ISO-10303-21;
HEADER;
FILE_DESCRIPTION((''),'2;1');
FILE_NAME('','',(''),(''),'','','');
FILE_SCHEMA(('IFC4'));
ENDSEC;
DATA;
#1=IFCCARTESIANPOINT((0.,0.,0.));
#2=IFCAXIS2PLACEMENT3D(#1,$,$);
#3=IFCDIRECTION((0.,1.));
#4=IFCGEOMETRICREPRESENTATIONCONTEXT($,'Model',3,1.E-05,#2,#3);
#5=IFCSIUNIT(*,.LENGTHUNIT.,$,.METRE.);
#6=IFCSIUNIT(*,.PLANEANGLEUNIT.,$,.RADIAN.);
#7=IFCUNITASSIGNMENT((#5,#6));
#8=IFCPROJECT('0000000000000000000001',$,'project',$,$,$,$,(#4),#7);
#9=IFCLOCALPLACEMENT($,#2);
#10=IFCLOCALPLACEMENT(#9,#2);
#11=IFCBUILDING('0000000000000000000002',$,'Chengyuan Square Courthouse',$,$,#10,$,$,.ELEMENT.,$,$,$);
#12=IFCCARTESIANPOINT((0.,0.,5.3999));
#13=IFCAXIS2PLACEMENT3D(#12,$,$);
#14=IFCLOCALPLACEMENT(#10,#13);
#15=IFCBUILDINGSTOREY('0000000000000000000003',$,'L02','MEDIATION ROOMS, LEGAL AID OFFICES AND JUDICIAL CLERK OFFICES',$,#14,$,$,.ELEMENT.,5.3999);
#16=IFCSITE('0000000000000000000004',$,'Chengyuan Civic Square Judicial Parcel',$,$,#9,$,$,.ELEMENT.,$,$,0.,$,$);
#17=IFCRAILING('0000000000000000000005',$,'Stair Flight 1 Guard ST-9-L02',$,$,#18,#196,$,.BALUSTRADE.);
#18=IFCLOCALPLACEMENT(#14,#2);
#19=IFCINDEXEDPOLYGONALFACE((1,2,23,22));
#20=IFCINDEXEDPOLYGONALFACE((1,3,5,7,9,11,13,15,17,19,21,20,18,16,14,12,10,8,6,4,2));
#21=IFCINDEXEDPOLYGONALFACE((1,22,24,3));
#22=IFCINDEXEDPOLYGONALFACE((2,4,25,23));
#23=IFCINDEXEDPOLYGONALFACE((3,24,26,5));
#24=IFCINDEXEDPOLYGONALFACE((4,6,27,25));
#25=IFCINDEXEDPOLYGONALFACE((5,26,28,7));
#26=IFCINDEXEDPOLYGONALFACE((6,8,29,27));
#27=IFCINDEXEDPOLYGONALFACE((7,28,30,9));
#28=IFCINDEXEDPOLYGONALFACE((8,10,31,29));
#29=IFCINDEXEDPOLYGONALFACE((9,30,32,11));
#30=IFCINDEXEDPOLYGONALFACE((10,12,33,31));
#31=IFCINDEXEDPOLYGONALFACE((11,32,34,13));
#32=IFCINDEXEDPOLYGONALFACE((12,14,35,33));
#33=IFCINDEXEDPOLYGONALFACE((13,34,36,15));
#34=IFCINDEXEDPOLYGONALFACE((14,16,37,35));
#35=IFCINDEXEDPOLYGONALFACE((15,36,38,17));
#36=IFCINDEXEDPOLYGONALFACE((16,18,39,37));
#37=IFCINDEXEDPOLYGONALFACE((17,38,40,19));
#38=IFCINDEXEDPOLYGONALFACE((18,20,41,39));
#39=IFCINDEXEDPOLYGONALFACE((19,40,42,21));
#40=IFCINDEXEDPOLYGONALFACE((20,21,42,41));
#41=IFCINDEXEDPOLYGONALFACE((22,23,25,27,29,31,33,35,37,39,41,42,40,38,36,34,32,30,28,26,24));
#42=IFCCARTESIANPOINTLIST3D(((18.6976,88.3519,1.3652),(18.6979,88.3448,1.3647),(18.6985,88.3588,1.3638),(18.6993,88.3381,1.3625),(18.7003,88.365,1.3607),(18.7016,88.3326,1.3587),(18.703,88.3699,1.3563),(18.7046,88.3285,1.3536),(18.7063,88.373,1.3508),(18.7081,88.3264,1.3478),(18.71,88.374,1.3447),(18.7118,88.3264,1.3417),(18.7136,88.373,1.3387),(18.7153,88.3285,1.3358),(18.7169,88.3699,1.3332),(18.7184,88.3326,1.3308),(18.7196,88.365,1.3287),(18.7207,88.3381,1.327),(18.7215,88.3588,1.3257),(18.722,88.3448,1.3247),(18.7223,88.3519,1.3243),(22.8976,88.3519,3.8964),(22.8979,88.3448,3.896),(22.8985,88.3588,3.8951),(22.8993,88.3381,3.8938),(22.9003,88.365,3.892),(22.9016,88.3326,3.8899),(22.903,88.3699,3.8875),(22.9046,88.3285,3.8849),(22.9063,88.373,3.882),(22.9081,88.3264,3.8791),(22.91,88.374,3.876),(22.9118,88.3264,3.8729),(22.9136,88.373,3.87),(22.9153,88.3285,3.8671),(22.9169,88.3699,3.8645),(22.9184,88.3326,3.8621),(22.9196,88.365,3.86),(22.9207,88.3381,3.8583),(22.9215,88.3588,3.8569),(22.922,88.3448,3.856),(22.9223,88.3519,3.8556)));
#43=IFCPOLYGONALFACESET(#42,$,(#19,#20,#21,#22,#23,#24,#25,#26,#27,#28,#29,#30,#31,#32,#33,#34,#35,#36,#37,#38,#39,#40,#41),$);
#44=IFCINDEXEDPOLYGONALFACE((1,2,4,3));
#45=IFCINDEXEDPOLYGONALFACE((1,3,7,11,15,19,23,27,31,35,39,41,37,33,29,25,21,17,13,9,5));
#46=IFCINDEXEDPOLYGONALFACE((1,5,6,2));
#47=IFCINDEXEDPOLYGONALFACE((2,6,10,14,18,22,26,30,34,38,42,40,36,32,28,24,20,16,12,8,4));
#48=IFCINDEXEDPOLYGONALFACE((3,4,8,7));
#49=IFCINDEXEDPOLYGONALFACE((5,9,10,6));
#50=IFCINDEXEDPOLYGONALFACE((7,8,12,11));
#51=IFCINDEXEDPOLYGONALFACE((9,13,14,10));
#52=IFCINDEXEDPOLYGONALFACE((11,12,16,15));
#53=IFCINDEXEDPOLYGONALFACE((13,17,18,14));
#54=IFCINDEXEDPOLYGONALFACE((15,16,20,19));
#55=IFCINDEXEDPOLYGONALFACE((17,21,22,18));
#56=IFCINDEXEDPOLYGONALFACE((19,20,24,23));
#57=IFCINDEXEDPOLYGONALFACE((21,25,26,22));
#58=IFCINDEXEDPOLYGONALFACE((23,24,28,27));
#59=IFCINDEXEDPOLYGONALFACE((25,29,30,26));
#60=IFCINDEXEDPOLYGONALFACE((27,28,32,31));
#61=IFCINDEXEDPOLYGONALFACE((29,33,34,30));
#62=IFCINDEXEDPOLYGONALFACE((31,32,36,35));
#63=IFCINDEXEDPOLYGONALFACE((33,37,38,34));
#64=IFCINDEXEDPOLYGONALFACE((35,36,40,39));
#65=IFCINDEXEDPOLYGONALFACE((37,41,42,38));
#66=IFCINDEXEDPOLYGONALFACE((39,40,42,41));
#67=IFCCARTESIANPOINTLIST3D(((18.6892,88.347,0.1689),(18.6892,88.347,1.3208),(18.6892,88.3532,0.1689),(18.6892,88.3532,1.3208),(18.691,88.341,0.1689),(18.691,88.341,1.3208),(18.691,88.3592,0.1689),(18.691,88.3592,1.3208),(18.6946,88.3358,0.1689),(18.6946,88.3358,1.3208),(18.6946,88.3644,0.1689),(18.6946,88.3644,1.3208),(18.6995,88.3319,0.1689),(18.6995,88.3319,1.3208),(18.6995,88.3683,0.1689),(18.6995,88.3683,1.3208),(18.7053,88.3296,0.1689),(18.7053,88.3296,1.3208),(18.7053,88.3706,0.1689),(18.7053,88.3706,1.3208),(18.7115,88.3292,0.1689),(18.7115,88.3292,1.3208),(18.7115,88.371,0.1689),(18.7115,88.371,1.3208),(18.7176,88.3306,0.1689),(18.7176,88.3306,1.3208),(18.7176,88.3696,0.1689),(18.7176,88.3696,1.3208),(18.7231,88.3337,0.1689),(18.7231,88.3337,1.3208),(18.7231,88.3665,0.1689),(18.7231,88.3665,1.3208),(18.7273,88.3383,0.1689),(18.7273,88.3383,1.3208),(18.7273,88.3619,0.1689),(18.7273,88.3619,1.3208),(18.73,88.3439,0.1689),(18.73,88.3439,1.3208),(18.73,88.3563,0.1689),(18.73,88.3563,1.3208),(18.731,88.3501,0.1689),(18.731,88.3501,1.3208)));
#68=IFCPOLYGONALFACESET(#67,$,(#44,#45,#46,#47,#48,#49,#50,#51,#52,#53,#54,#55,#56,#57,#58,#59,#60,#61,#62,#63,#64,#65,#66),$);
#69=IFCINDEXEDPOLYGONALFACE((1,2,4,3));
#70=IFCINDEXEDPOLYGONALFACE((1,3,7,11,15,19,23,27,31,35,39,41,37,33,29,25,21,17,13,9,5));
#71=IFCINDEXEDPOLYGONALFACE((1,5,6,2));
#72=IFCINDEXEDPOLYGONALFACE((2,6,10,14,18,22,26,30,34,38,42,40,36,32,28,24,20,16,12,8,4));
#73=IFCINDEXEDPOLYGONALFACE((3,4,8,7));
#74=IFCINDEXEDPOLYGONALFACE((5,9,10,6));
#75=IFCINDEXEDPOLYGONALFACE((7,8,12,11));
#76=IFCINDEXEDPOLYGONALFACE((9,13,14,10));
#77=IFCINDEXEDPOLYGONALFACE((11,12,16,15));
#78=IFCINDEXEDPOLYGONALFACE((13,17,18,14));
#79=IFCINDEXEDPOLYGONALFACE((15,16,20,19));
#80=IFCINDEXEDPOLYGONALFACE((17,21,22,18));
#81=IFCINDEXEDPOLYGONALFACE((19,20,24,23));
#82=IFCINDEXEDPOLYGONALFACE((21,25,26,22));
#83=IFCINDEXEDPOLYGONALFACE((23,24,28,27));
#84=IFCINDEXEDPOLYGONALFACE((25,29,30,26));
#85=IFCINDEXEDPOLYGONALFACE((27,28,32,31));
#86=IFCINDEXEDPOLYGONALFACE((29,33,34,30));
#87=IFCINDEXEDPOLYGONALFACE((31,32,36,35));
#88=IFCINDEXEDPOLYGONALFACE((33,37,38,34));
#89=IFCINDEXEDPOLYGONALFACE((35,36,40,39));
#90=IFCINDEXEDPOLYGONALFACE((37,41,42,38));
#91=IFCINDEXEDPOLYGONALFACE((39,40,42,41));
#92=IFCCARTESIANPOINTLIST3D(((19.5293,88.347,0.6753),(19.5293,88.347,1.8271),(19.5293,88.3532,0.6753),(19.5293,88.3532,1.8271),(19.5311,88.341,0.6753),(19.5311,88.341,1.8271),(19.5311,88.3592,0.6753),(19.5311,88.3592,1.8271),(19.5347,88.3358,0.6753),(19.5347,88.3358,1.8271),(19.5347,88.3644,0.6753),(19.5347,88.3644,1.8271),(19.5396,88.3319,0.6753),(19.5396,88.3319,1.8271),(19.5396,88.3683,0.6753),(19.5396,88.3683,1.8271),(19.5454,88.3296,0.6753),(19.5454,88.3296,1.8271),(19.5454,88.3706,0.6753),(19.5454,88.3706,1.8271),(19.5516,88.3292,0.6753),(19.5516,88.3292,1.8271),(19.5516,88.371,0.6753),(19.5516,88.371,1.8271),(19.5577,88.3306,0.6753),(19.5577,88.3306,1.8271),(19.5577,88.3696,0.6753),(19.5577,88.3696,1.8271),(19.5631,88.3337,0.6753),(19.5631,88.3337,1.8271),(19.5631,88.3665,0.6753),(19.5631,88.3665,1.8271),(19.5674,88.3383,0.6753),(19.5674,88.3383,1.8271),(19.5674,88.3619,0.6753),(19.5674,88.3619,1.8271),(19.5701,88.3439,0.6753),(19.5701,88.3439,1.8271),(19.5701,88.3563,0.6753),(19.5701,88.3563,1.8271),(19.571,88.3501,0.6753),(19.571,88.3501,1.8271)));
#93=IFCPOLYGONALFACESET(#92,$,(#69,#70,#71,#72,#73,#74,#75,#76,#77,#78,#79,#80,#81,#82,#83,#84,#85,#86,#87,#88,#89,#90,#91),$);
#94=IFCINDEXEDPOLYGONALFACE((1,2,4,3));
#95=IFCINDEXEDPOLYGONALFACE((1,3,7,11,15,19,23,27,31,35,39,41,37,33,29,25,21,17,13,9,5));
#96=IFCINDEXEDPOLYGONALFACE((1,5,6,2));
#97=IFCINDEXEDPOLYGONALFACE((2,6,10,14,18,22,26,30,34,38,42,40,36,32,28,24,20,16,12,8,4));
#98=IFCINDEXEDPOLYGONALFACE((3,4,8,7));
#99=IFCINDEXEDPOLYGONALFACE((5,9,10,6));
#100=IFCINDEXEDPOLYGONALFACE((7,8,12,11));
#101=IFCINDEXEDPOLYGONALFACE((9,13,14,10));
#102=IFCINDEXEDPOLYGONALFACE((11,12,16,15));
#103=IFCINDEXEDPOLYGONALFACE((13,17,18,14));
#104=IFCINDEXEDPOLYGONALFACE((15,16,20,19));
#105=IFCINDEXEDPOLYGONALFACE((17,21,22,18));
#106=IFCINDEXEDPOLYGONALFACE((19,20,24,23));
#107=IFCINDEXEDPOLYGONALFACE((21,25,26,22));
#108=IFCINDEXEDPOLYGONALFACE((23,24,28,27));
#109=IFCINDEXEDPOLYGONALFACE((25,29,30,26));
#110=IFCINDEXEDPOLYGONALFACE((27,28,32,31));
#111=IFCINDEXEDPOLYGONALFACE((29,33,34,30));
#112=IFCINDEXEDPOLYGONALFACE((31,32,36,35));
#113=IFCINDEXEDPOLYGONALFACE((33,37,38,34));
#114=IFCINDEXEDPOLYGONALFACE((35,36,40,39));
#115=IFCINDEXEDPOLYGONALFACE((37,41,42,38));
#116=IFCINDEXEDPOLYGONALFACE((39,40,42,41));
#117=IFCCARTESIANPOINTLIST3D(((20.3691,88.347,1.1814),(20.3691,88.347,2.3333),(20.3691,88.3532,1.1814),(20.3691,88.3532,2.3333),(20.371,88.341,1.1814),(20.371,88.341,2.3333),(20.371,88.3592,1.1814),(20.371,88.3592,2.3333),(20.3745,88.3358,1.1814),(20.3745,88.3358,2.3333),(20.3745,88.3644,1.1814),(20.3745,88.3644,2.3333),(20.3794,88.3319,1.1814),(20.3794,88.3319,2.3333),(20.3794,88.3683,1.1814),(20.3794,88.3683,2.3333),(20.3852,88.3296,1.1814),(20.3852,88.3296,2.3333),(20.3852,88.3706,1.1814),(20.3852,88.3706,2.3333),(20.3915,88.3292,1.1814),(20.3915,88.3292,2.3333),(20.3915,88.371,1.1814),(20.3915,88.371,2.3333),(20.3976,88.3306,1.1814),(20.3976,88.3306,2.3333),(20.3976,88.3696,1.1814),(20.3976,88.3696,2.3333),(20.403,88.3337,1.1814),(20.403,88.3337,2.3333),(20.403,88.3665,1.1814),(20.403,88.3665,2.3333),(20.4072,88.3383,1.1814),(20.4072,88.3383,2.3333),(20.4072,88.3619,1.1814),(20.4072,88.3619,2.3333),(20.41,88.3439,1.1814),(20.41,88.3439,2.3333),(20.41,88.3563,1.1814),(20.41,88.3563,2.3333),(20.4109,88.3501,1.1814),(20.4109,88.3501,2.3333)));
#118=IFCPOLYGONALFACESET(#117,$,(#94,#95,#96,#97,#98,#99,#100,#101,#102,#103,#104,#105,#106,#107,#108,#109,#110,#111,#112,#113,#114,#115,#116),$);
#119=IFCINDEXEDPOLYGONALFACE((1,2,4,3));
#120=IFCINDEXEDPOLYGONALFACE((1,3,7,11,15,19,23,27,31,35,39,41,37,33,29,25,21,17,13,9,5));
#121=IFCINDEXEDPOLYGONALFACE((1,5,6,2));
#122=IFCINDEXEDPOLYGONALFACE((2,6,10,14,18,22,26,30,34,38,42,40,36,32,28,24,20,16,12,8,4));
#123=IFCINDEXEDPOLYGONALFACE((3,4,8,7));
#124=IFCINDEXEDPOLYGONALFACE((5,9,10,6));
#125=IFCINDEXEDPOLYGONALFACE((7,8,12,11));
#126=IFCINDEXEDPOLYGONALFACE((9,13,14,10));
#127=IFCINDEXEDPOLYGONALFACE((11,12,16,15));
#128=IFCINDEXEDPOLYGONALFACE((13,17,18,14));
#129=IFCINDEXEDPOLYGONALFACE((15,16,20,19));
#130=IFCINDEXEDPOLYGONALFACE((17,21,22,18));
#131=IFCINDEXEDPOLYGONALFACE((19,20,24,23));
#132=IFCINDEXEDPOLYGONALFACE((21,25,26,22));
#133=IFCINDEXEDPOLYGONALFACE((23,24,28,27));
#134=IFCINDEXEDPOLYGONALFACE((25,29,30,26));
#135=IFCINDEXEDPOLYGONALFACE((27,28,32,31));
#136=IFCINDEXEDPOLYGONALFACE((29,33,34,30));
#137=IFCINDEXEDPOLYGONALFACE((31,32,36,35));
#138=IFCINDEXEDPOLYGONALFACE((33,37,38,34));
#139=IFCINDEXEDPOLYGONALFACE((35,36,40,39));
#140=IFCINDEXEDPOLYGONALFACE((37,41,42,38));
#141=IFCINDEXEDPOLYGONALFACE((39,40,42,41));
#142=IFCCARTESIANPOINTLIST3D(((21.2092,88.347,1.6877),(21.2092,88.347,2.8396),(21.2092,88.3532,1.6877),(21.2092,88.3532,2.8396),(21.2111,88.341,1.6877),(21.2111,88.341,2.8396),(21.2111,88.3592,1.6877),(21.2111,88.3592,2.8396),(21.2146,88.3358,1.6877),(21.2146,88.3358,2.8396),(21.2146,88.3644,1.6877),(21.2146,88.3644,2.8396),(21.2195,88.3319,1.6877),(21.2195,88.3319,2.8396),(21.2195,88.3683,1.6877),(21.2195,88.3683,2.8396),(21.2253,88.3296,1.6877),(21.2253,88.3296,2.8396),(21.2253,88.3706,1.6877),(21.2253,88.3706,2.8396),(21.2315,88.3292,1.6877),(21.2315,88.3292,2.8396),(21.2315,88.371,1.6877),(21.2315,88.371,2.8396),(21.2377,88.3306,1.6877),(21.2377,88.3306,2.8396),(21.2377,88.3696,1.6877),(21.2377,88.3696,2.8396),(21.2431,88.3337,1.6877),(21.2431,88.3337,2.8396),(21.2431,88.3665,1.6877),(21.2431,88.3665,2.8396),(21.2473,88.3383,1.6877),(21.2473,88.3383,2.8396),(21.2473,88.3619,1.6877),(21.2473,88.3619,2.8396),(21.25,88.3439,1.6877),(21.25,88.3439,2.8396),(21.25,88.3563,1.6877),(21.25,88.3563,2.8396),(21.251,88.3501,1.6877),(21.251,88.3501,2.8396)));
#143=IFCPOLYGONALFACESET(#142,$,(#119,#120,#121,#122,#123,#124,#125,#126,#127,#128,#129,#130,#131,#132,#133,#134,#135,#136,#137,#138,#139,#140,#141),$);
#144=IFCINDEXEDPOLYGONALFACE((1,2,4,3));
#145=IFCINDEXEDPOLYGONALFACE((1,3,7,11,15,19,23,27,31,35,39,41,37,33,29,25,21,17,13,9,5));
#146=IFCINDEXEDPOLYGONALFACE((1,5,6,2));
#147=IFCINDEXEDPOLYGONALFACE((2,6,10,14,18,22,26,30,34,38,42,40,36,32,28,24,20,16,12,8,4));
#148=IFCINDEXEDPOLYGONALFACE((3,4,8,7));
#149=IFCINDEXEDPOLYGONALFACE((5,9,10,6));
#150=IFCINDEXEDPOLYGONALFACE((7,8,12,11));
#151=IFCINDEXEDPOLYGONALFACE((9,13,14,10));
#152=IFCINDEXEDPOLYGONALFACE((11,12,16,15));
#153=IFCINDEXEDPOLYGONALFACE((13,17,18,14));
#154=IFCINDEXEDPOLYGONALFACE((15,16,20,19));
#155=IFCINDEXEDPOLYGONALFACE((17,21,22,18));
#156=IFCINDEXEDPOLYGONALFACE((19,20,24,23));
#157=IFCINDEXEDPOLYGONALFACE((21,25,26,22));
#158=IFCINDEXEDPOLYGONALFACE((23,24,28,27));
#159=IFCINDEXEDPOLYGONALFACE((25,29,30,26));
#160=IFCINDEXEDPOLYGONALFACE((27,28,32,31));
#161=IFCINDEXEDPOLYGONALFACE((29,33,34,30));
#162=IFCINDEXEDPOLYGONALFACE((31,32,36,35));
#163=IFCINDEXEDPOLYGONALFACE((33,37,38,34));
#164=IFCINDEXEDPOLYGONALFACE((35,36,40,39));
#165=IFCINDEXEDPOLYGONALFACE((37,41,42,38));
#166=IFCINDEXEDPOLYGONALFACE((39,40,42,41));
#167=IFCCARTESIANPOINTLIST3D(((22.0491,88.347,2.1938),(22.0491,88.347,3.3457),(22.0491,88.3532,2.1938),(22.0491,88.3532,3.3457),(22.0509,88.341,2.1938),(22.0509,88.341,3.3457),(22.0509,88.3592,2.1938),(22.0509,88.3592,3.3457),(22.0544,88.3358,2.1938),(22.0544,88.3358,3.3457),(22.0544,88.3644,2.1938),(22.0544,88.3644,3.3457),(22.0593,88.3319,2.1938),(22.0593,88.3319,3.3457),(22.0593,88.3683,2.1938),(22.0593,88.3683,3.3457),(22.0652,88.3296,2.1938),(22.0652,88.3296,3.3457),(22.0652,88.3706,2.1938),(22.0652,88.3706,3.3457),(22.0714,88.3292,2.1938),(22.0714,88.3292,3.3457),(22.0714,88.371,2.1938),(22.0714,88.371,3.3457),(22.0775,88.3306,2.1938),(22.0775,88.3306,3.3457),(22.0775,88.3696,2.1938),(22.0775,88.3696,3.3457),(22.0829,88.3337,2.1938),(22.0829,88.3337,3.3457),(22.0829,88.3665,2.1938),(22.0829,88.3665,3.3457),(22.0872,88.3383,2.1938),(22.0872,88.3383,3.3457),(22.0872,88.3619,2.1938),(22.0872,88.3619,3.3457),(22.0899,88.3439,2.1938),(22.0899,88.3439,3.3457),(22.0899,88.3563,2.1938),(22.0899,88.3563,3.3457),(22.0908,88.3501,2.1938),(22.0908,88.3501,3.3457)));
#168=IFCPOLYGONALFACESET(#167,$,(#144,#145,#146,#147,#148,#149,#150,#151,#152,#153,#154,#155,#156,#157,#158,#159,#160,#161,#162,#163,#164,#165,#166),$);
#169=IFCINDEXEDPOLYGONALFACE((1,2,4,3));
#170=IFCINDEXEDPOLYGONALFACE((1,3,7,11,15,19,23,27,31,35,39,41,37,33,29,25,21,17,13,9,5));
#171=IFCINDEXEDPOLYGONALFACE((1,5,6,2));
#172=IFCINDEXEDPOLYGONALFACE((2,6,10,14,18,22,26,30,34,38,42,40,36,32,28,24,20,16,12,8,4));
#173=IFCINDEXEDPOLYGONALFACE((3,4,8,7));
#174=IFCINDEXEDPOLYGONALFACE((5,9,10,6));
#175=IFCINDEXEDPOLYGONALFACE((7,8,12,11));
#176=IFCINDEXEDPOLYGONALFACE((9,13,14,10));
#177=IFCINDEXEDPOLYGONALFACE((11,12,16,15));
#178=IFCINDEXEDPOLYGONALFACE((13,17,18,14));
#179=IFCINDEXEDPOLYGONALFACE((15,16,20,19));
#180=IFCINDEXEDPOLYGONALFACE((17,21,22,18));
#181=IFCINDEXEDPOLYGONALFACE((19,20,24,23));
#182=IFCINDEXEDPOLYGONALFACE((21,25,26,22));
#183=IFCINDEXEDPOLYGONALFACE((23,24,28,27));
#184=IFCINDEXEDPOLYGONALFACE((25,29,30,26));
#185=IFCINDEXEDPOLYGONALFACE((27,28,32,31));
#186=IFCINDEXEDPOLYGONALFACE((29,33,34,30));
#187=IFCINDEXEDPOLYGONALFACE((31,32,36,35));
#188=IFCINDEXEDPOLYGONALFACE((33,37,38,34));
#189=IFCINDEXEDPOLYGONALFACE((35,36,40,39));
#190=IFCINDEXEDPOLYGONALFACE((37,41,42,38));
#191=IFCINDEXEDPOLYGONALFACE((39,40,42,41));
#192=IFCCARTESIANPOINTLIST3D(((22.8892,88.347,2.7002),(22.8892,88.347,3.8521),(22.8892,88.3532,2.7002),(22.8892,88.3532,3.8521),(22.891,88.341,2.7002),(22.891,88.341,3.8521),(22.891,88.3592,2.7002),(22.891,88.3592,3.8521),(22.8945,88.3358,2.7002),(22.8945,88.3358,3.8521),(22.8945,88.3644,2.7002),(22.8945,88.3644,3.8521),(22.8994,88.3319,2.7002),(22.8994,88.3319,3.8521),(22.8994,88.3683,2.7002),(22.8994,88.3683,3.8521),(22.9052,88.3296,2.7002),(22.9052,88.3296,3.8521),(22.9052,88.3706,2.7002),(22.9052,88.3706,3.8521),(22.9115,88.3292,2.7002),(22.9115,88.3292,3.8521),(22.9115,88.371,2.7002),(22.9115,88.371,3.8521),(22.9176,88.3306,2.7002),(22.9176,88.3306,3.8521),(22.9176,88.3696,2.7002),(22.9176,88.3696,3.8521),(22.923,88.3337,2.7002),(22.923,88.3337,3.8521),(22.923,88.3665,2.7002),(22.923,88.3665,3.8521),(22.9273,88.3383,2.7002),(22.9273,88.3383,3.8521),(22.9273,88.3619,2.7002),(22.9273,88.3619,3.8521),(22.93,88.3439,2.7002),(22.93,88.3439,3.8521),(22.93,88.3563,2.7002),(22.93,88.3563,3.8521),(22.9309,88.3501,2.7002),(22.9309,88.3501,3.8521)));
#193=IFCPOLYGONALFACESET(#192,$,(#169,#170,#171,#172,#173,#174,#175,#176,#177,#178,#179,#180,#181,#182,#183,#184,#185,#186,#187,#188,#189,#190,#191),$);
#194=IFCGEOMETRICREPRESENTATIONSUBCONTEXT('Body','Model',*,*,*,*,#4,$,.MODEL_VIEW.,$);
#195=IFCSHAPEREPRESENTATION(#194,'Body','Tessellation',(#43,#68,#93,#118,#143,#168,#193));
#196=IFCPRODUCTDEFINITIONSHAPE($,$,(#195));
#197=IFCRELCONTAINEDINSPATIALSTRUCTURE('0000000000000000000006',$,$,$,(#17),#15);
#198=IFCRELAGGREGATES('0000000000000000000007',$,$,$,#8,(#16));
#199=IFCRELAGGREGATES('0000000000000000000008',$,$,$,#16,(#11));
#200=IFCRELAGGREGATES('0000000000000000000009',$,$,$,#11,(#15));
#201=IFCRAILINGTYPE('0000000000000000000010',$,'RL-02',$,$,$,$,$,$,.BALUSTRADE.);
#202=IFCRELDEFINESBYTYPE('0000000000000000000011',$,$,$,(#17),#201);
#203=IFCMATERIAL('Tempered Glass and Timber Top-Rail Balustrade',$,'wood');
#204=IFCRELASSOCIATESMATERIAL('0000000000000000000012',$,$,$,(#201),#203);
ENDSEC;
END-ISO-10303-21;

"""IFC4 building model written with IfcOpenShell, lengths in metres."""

from ifc_helpers import new_model, si_unit, direction, frame, origin, origin_2d, place, context, subcontext, project, spatial, circle, extrude, material, type_object, element, save


model = new_model("IFC4")

# Units and contexts
model_context = context("Model", 3, precision=1e-05, world=origin(), true_north=direction((0.0, 1.0)))
body_context = subcontext(model_context, "Body", "Model", "MODEL_VIEW")
ifc_project = project(units=[si_unit("LENGTHUNIT", "METRE"), si_unit("PLANEANGLEUNIT", "RADIAN")], contexts=[model_context])

# Site, building, storey
site_placement = place(None, origin())
site = spatial("IfcSite", under=ifc_project, at=site_placement, Name="Chengyuan Civic Square Judicial Parcel", CompositionType="ELEMENT", RefElevation=0.0)
building_placement = place(site_placement, origin())
building = spatial("IfcBuilding", under=site, at=building_placement, Name="Chengyuan Square Courthouse", CompositionType="ELEMENT")
storey_placement = place(building_placement, frame((0.0, 0.0, 5.3999)))
storey = spatial("IfcBuildingStorey", under=building, at=storey_placement, Name="L02", Description="MEDIATION ROOMS, LEGAL AID OFFICES AND JUDICIAL CLERK OFFICES", CompositionType="ELEMENT", Elevation=5.3999)

# Railing
ifc_material_1 = material(Name="Tempered Glass and Timber Top-Rail Balustrade", Category="wood")
railing_type_1 = type_object("IfcRailingType", Name="RL-02", PredefinedType="BALUSTRADE", material=ifc_material_1)
railing_1_placement = place(storey_placement, frame((18.71, 88.3501, 0.1689)))
element("IfcRailing", 1, at=railing_1_placement, inside=storey, type_object=railing_type_1, Name="Stair Flight 1 Guard ST-9-L02", PredefinedType="BALUSTRADE", context=body_context, shape_type="SweptSolid", body=[
    extrude(circle(Radius=0.0239, at=origin_2d()), frame((0.0, 0.0, 1.1758), z_axis=(0.856476, 0.0, 0.516186), x_axis=(0.0, 1.0, 0.0)), (0.0, 0.0, 1.0), 4.9038),
    extrude(circle(Radius=0.021, at=origin_2d()), origin(), (0.0, 0.0, 1.0), 1.1519),
    extrude(circle(Radius=0.021, at=origin_2d()), frame((0.8401, 0.0, 0.5063)), (0.0, 0.0, 1.0), 1.1519),
    extrude(circle(Radius=0.021, at=origin_2d()), frame((1.6799, 0.0, 1.0125)), (0.0, 0.0, 1.0), 1.1519),
    extrude(circle(Radius=0.021, at=origin_2d()), frame((2.52, 0.0, 1.5188)), (0.0, 0.0, 1.0), 1.1519),
    extrude(circle(Radius=0.021, at=origin_2d()), frame((3.3599, 0.0, 2.0249)), (0.0, 0.0, 1.0), 1.1519),
    extrude(circle(Radius=0.021, at=origin_2d()), frame((4.2, 0.0, 2.5312)), (0.0, 0.0, 1.0), 1.1519),
])

save(model, "model.ifc")
